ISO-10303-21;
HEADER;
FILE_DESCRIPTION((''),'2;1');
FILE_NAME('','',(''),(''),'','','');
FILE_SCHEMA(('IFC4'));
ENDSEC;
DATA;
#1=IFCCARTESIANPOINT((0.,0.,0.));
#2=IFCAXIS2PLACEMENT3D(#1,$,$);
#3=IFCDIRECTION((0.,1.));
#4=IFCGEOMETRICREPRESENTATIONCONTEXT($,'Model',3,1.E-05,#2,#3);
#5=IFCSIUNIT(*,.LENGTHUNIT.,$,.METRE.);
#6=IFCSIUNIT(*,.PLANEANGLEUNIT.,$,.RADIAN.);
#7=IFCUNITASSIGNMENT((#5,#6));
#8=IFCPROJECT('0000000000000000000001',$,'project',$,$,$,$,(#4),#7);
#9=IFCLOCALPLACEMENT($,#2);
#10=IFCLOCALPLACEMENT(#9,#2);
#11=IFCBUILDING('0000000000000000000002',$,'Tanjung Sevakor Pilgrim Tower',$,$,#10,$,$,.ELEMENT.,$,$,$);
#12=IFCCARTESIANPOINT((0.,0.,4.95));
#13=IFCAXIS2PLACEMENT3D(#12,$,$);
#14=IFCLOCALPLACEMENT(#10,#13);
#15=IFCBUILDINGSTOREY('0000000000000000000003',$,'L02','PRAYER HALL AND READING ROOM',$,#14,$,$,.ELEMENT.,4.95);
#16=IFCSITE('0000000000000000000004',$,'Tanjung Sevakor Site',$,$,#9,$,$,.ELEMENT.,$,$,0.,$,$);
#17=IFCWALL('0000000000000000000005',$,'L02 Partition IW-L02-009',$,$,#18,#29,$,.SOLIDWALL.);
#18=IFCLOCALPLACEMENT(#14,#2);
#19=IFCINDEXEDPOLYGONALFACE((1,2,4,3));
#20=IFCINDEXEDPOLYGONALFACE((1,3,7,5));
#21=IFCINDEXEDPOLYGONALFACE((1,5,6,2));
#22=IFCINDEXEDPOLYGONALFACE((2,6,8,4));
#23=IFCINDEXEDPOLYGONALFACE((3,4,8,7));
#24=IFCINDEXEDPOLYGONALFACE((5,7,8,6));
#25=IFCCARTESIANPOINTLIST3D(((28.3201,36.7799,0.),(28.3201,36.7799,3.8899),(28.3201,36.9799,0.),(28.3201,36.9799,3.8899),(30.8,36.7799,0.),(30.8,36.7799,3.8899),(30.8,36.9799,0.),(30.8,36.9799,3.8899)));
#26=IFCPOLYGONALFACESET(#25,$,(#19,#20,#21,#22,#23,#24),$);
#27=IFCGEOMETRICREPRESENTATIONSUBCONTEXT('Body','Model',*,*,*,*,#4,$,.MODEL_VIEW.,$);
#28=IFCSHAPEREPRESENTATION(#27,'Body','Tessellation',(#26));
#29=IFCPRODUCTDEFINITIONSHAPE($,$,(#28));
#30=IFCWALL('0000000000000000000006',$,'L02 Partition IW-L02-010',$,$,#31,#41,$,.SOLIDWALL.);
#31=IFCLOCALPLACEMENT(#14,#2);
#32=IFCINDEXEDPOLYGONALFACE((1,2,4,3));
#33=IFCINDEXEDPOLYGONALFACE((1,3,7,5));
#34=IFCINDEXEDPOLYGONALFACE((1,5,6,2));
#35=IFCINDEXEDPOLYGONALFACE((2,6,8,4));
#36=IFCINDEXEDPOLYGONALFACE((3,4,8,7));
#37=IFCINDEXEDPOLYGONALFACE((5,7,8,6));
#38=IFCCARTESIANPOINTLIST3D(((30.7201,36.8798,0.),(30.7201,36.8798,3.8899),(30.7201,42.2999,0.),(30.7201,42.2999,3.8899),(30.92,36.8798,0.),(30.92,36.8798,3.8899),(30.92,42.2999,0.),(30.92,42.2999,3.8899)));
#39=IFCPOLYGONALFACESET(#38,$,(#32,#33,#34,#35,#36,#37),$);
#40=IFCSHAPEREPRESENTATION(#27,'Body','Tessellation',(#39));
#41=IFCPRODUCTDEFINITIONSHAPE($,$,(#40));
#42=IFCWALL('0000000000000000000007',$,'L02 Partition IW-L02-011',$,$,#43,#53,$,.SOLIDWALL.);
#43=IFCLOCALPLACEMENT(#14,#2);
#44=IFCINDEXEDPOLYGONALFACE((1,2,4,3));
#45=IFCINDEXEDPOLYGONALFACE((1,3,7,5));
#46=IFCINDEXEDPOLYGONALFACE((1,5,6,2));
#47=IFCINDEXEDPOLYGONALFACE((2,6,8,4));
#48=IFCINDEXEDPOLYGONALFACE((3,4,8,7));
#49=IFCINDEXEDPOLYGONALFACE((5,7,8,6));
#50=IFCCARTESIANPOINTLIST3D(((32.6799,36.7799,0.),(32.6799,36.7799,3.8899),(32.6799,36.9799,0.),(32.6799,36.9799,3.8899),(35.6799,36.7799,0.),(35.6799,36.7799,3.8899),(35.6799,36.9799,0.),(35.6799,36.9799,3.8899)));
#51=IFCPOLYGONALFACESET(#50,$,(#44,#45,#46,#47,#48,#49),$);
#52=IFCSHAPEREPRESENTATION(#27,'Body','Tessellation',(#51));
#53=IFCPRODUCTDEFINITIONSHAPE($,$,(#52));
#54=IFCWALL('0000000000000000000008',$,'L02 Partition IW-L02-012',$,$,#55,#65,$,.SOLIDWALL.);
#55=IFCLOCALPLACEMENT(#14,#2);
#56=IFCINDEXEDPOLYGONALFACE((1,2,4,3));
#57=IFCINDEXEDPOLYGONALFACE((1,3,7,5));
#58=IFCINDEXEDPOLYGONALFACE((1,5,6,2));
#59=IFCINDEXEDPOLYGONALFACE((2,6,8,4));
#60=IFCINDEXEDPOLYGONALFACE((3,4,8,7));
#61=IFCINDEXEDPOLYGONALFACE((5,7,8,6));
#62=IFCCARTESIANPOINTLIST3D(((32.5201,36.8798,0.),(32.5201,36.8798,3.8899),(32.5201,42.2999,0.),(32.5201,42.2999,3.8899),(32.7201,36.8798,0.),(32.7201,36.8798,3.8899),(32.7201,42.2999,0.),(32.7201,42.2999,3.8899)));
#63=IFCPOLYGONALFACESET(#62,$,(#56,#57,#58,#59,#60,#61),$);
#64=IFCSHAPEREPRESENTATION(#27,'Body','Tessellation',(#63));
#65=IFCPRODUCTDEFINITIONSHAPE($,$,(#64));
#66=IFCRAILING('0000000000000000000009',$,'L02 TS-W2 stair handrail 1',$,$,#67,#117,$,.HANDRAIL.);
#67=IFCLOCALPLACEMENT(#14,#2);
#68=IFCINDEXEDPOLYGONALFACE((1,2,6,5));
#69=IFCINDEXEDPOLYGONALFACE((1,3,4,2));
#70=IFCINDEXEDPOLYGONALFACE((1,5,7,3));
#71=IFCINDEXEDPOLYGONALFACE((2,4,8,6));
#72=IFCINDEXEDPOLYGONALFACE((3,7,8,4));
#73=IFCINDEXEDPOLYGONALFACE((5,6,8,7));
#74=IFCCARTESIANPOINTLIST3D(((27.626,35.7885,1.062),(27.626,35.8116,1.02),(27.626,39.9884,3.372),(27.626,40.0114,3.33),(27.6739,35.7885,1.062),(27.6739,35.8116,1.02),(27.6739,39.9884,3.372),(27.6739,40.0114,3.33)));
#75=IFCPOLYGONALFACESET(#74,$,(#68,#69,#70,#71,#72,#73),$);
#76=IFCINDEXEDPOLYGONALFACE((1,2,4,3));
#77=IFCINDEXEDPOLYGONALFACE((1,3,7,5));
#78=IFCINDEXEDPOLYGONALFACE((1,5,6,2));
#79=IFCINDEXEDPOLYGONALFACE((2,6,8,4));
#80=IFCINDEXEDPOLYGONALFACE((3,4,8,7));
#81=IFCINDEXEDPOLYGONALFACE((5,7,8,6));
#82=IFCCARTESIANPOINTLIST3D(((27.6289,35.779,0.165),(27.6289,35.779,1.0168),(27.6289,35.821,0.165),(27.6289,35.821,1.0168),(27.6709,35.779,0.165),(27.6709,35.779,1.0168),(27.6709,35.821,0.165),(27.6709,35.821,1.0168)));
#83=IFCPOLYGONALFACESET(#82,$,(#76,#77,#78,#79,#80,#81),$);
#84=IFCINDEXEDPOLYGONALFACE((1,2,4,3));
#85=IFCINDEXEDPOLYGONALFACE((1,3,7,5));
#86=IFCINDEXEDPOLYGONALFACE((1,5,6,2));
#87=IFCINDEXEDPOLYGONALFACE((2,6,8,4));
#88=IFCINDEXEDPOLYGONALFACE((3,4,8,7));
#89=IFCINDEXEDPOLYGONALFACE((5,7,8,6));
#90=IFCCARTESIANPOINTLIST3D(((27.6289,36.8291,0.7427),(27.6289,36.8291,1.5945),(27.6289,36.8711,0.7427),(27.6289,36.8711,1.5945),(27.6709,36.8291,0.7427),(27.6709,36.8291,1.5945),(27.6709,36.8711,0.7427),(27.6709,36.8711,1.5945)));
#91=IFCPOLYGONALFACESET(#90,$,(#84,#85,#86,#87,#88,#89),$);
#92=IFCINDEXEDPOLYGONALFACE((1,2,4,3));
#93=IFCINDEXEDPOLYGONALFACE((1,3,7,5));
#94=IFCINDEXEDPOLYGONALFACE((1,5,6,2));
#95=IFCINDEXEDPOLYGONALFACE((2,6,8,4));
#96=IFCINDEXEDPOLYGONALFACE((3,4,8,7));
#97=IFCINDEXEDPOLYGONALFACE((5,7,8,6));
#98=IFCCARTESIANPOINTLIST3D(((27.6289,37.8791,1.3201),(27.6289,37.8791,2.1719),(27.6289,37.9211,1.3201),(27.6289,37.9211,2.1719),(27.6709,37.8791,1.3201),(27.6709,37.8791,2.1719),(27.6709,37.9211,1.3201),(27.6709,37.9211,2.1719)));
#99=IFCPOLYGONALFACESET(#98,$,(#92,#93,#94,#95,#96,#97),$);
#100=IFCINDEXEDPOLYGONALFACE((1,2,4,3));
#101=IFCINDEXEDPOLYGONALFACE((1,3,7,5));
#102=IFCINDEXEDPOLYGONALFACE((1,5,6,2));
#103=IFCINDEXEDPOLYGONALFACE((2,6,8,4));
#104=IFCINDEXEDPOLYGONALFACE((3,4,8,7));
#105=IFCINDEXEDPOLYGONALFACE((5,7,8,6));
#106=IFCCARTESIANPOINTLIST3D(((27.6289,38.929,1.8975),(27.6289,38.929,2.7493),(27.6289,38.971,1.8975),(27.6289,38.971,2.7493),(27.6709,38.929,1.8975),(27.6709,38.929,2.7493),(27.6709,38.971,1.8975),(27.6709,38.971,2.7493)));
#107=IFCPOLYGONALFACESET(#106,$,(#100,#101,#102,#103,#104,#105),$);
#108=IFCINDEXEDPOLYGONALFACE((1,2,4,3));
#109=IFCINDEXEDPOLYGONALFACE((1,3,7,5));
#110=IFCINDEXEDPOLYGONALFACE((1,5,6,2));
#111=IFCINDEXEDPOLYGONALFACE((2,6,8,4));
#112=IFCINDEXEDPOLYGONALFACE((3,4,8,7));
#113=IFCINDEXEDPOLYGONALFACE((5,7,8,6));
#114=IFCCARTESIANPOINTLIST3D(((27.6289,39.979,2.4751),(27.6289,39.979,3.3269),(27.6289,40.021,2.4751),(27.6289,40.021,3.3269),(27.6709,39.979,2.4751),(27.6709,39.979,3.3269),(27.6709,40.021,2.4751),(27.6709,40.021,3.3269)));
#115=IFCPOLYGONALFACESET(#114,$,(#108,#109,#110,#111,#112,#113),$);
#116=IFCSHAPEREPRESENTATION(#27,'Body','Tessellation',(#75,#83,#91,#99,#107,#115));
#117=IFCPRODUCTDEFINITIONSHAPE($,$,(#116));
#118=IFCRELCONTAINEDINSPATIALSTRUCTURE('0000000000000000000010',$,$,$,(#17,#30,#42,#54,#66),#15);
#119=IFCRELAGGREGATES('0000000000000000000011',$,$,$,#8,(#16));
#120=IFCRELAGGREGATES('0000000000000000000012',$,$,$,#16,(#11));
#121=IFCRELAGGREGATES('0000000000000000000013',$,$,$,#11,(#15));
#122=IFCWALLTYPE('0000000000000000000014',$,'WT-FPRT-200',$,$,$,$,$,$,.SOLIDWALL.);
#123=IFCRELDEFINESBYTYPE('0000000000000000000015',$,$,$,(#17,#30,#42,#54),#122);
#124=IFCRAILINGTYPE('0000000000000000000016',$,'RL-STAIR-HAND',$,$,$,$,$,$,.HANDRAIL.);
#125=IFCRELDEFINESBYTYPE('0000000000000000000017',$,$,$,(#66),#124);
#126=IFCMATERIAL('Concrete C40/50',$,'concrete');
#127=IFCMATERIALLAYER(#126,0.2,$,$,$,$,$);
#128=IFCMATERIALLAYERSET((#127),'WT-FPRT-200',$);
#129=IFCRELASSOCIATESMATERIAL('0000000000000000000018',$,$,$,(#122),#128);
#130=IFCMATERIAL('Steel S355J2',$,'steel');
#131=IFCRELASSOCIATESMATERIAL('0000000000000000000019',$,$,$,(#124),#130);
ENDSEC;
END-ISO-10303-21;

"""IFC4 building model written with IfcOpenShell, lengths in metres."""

from ifc_helpers import new_model, si_unit, direction, frame, frame_2d, origin, place, context, subcontext, project, spatial, rectangle, extrude, material, layer, layer_set, type_object, element, save


model = new_model("IFC4")

# Units and contexts
model_context = context("Model", 3, precision=1e-05, world=origin(), true_north=direction((0.0, 1.0)))
body_context = subcontext(model_context, "Body", "Model", "MODEL_VIEW")
ifc_project = project(units=[si_unit("LENGTHUNIT", "METRE"), si_unit("PLANEANGLEUNIT", "RADIAN")], contexts=[model_context])

# Site, building, storey
site_placement = place(None, origin())
site = spatial("IfcSite", under=ifc_project, at=site_placement, Name="Tanjung Sevakor Site", CompositionType="ELEMENT", RefElevation=0.0)
building_placement = place(site_placement, origin())
building = spatial("IfcBuilding", under=site, at=building_placement, Name="Tanjung Sevakor Pilgrim Tower", CompositionType="ELEMENT")
storey_placement = place(building_placement, frame((0.0, 0.0, 4.95)))
storey = spatial("IfcBuildingStorey", under=building, at=storey_placement, Name="L02", Description="PRAYER HALL AND READING ROOM", CompositionType="ELEMENT", Elevation=4.95)

# Walls
ifc_material_1 = material(Name="Concrete C40/50", Category="concrete")
ifc_layer_1 = layer(ifc_material_1, 0.2)
ifc_layer_set_1 = layer_set([ifc_layer_1], Name="WT-FPRT-200")
wall_type_1 = type_object("IfcWallType", Name="WT-FPRT-200", PredefinedType="SOLIDWALL", material=ifc_layer_set_1)
wall_1_placement = place(storey_placement, frame((28.3201, 36.8799, 0.0), z_axis=(0.0, 0.0, 1.0), x_axis=(1.0, 0.0, 0.0)))
element("IfcWall", 1, at=wall_1_placement, inside=storey, type_object=wall_type_1, Name="L02 Partition IW-L02-009", PredefinedType="SOLIDWALL", context=body_context, shape_type="SweptSolid", body=[
    extrude(rectangle(XDim=2.48, YDim=0.2, at=frame_2d((1.24, 0.0))), origin(), (0.0, 0.0, 1.0), 3.8899),
])
wall_2_placement = place(storey_placement, frame((30.8201, 36.8799, 0.0), z_axis=(0.0, 0.0, 1.0), x_axis=(0.0, 1.0, 0.0)))
element("IfcWall", 2, at=wall_2_placement, inside=storey, type_object=wall_type_1, Name="L02 Partition IW-L02-010", PredefinedType="SOLIDWALL", context=body_context, shape_type="SweptSolid", body=[
    extrude(rectangle(XDim=5.4202, YDim=0.2, at=frame_2d((2.71, 0.0))), origin(), (0.0, 0.0, 1.0), 3.8899),
])
wall_3_placement = place(storey_placement, frame((32.6799, 36.8799, 0.0), z_axis=(0.0, 0.0, 1.0), x_axis=(1.0, 0.0, 0.0)))
element("IfcWall", 3, at=wall_3_placement, inside=storey, type_object=wall_type_1, Name="L02 Partition IW-L02-011", PredefinedType="SOLIDWALL", context=body_context, shape_type="SweptSolid", body=[
    extrude(rectangle(XDim=3.0, YDim=0.2, at=frame_2d((1.5, 0.0))), origin(), (0.0, 0.0, 1.0), 3.8899),
])
wall_4_placement = place(storey_placement, frame((32.6201, 36.8799, 0.0), z_axis=(0.0, 0.0, 1.0), x_axis=(0.0, 1.0, 0.0)))
element("IfcWall", 4, at=wall_4_placement, inside=storey, type_object=wall_type_1, Name="L02 Partition IW-L02-012", PredefinedType="SOLIDWALL", context=body_context, shape_type="SweptSolid", body=[
    extrude(rectangle(XDim=5.4202, YDim=0.2, at=frame_2d((2.71, 0.0))), origin(), (0.0, 0.0, 1.0), 3.8899),
])

# Railing
ifc_material_2 = material(Name="Steel S355J2", Category="steel")
railing_type = type_object("IfcRailingType", Name="RL-STAIR-HAND", PredefinedType="HANDRAIL", material=ifc_material_2)
railing_placement = place(storey_placement, frame((27.6499, 35.8, 0.165)))
element("IfcRailing", 5, at=railing_placement, inside=storey, type_object=railing_type, Name="L02 TS-W2 stair handrail 1", PredefinedType="HANDRAIL", context=body_context, shape_type="SweptSolid", body=[
    extrude(rectangle(XDim=0.0479, YDim=0.0479), frame((0.0, 0.0, 0.876), z_axis=(0.0, 0.876208, 0.481932), x_axis=(-1.0, 0.0, 0.0)), (0.0, 0.0, 1.0), 4.7932),
    extrude(rectangle(XDim=0.042, YDim=0.042), origin(), (0.0, 0.0, 1.0), 0.8518),
    extrude(rectangle(XDim=0.042, YDim=0.042), frame((0.0, 1.05, 0.5776)), (0.0, 0.0, 1.0), 0.8518),
    extrude(rectangle(XDim=0.042, YDim=0.042), frame((0.0, 2.1001, 1.155)), (0.0, 0.0, 1.0), 0.8518),
    extrude(rectangle(XDim=0.042, YDim=0.042), frame((0.0, 3.1499, 1.7324)), (0.0, 0.0, 1.0), 0.8518),
    extrude(rectangle(XDim=0.042, YDim=0.042), frame((0.0, 4.2, 2.3101)), (0.0, 0.0, 1.0), 0.8518),
])

save(model, "model.ifc")
